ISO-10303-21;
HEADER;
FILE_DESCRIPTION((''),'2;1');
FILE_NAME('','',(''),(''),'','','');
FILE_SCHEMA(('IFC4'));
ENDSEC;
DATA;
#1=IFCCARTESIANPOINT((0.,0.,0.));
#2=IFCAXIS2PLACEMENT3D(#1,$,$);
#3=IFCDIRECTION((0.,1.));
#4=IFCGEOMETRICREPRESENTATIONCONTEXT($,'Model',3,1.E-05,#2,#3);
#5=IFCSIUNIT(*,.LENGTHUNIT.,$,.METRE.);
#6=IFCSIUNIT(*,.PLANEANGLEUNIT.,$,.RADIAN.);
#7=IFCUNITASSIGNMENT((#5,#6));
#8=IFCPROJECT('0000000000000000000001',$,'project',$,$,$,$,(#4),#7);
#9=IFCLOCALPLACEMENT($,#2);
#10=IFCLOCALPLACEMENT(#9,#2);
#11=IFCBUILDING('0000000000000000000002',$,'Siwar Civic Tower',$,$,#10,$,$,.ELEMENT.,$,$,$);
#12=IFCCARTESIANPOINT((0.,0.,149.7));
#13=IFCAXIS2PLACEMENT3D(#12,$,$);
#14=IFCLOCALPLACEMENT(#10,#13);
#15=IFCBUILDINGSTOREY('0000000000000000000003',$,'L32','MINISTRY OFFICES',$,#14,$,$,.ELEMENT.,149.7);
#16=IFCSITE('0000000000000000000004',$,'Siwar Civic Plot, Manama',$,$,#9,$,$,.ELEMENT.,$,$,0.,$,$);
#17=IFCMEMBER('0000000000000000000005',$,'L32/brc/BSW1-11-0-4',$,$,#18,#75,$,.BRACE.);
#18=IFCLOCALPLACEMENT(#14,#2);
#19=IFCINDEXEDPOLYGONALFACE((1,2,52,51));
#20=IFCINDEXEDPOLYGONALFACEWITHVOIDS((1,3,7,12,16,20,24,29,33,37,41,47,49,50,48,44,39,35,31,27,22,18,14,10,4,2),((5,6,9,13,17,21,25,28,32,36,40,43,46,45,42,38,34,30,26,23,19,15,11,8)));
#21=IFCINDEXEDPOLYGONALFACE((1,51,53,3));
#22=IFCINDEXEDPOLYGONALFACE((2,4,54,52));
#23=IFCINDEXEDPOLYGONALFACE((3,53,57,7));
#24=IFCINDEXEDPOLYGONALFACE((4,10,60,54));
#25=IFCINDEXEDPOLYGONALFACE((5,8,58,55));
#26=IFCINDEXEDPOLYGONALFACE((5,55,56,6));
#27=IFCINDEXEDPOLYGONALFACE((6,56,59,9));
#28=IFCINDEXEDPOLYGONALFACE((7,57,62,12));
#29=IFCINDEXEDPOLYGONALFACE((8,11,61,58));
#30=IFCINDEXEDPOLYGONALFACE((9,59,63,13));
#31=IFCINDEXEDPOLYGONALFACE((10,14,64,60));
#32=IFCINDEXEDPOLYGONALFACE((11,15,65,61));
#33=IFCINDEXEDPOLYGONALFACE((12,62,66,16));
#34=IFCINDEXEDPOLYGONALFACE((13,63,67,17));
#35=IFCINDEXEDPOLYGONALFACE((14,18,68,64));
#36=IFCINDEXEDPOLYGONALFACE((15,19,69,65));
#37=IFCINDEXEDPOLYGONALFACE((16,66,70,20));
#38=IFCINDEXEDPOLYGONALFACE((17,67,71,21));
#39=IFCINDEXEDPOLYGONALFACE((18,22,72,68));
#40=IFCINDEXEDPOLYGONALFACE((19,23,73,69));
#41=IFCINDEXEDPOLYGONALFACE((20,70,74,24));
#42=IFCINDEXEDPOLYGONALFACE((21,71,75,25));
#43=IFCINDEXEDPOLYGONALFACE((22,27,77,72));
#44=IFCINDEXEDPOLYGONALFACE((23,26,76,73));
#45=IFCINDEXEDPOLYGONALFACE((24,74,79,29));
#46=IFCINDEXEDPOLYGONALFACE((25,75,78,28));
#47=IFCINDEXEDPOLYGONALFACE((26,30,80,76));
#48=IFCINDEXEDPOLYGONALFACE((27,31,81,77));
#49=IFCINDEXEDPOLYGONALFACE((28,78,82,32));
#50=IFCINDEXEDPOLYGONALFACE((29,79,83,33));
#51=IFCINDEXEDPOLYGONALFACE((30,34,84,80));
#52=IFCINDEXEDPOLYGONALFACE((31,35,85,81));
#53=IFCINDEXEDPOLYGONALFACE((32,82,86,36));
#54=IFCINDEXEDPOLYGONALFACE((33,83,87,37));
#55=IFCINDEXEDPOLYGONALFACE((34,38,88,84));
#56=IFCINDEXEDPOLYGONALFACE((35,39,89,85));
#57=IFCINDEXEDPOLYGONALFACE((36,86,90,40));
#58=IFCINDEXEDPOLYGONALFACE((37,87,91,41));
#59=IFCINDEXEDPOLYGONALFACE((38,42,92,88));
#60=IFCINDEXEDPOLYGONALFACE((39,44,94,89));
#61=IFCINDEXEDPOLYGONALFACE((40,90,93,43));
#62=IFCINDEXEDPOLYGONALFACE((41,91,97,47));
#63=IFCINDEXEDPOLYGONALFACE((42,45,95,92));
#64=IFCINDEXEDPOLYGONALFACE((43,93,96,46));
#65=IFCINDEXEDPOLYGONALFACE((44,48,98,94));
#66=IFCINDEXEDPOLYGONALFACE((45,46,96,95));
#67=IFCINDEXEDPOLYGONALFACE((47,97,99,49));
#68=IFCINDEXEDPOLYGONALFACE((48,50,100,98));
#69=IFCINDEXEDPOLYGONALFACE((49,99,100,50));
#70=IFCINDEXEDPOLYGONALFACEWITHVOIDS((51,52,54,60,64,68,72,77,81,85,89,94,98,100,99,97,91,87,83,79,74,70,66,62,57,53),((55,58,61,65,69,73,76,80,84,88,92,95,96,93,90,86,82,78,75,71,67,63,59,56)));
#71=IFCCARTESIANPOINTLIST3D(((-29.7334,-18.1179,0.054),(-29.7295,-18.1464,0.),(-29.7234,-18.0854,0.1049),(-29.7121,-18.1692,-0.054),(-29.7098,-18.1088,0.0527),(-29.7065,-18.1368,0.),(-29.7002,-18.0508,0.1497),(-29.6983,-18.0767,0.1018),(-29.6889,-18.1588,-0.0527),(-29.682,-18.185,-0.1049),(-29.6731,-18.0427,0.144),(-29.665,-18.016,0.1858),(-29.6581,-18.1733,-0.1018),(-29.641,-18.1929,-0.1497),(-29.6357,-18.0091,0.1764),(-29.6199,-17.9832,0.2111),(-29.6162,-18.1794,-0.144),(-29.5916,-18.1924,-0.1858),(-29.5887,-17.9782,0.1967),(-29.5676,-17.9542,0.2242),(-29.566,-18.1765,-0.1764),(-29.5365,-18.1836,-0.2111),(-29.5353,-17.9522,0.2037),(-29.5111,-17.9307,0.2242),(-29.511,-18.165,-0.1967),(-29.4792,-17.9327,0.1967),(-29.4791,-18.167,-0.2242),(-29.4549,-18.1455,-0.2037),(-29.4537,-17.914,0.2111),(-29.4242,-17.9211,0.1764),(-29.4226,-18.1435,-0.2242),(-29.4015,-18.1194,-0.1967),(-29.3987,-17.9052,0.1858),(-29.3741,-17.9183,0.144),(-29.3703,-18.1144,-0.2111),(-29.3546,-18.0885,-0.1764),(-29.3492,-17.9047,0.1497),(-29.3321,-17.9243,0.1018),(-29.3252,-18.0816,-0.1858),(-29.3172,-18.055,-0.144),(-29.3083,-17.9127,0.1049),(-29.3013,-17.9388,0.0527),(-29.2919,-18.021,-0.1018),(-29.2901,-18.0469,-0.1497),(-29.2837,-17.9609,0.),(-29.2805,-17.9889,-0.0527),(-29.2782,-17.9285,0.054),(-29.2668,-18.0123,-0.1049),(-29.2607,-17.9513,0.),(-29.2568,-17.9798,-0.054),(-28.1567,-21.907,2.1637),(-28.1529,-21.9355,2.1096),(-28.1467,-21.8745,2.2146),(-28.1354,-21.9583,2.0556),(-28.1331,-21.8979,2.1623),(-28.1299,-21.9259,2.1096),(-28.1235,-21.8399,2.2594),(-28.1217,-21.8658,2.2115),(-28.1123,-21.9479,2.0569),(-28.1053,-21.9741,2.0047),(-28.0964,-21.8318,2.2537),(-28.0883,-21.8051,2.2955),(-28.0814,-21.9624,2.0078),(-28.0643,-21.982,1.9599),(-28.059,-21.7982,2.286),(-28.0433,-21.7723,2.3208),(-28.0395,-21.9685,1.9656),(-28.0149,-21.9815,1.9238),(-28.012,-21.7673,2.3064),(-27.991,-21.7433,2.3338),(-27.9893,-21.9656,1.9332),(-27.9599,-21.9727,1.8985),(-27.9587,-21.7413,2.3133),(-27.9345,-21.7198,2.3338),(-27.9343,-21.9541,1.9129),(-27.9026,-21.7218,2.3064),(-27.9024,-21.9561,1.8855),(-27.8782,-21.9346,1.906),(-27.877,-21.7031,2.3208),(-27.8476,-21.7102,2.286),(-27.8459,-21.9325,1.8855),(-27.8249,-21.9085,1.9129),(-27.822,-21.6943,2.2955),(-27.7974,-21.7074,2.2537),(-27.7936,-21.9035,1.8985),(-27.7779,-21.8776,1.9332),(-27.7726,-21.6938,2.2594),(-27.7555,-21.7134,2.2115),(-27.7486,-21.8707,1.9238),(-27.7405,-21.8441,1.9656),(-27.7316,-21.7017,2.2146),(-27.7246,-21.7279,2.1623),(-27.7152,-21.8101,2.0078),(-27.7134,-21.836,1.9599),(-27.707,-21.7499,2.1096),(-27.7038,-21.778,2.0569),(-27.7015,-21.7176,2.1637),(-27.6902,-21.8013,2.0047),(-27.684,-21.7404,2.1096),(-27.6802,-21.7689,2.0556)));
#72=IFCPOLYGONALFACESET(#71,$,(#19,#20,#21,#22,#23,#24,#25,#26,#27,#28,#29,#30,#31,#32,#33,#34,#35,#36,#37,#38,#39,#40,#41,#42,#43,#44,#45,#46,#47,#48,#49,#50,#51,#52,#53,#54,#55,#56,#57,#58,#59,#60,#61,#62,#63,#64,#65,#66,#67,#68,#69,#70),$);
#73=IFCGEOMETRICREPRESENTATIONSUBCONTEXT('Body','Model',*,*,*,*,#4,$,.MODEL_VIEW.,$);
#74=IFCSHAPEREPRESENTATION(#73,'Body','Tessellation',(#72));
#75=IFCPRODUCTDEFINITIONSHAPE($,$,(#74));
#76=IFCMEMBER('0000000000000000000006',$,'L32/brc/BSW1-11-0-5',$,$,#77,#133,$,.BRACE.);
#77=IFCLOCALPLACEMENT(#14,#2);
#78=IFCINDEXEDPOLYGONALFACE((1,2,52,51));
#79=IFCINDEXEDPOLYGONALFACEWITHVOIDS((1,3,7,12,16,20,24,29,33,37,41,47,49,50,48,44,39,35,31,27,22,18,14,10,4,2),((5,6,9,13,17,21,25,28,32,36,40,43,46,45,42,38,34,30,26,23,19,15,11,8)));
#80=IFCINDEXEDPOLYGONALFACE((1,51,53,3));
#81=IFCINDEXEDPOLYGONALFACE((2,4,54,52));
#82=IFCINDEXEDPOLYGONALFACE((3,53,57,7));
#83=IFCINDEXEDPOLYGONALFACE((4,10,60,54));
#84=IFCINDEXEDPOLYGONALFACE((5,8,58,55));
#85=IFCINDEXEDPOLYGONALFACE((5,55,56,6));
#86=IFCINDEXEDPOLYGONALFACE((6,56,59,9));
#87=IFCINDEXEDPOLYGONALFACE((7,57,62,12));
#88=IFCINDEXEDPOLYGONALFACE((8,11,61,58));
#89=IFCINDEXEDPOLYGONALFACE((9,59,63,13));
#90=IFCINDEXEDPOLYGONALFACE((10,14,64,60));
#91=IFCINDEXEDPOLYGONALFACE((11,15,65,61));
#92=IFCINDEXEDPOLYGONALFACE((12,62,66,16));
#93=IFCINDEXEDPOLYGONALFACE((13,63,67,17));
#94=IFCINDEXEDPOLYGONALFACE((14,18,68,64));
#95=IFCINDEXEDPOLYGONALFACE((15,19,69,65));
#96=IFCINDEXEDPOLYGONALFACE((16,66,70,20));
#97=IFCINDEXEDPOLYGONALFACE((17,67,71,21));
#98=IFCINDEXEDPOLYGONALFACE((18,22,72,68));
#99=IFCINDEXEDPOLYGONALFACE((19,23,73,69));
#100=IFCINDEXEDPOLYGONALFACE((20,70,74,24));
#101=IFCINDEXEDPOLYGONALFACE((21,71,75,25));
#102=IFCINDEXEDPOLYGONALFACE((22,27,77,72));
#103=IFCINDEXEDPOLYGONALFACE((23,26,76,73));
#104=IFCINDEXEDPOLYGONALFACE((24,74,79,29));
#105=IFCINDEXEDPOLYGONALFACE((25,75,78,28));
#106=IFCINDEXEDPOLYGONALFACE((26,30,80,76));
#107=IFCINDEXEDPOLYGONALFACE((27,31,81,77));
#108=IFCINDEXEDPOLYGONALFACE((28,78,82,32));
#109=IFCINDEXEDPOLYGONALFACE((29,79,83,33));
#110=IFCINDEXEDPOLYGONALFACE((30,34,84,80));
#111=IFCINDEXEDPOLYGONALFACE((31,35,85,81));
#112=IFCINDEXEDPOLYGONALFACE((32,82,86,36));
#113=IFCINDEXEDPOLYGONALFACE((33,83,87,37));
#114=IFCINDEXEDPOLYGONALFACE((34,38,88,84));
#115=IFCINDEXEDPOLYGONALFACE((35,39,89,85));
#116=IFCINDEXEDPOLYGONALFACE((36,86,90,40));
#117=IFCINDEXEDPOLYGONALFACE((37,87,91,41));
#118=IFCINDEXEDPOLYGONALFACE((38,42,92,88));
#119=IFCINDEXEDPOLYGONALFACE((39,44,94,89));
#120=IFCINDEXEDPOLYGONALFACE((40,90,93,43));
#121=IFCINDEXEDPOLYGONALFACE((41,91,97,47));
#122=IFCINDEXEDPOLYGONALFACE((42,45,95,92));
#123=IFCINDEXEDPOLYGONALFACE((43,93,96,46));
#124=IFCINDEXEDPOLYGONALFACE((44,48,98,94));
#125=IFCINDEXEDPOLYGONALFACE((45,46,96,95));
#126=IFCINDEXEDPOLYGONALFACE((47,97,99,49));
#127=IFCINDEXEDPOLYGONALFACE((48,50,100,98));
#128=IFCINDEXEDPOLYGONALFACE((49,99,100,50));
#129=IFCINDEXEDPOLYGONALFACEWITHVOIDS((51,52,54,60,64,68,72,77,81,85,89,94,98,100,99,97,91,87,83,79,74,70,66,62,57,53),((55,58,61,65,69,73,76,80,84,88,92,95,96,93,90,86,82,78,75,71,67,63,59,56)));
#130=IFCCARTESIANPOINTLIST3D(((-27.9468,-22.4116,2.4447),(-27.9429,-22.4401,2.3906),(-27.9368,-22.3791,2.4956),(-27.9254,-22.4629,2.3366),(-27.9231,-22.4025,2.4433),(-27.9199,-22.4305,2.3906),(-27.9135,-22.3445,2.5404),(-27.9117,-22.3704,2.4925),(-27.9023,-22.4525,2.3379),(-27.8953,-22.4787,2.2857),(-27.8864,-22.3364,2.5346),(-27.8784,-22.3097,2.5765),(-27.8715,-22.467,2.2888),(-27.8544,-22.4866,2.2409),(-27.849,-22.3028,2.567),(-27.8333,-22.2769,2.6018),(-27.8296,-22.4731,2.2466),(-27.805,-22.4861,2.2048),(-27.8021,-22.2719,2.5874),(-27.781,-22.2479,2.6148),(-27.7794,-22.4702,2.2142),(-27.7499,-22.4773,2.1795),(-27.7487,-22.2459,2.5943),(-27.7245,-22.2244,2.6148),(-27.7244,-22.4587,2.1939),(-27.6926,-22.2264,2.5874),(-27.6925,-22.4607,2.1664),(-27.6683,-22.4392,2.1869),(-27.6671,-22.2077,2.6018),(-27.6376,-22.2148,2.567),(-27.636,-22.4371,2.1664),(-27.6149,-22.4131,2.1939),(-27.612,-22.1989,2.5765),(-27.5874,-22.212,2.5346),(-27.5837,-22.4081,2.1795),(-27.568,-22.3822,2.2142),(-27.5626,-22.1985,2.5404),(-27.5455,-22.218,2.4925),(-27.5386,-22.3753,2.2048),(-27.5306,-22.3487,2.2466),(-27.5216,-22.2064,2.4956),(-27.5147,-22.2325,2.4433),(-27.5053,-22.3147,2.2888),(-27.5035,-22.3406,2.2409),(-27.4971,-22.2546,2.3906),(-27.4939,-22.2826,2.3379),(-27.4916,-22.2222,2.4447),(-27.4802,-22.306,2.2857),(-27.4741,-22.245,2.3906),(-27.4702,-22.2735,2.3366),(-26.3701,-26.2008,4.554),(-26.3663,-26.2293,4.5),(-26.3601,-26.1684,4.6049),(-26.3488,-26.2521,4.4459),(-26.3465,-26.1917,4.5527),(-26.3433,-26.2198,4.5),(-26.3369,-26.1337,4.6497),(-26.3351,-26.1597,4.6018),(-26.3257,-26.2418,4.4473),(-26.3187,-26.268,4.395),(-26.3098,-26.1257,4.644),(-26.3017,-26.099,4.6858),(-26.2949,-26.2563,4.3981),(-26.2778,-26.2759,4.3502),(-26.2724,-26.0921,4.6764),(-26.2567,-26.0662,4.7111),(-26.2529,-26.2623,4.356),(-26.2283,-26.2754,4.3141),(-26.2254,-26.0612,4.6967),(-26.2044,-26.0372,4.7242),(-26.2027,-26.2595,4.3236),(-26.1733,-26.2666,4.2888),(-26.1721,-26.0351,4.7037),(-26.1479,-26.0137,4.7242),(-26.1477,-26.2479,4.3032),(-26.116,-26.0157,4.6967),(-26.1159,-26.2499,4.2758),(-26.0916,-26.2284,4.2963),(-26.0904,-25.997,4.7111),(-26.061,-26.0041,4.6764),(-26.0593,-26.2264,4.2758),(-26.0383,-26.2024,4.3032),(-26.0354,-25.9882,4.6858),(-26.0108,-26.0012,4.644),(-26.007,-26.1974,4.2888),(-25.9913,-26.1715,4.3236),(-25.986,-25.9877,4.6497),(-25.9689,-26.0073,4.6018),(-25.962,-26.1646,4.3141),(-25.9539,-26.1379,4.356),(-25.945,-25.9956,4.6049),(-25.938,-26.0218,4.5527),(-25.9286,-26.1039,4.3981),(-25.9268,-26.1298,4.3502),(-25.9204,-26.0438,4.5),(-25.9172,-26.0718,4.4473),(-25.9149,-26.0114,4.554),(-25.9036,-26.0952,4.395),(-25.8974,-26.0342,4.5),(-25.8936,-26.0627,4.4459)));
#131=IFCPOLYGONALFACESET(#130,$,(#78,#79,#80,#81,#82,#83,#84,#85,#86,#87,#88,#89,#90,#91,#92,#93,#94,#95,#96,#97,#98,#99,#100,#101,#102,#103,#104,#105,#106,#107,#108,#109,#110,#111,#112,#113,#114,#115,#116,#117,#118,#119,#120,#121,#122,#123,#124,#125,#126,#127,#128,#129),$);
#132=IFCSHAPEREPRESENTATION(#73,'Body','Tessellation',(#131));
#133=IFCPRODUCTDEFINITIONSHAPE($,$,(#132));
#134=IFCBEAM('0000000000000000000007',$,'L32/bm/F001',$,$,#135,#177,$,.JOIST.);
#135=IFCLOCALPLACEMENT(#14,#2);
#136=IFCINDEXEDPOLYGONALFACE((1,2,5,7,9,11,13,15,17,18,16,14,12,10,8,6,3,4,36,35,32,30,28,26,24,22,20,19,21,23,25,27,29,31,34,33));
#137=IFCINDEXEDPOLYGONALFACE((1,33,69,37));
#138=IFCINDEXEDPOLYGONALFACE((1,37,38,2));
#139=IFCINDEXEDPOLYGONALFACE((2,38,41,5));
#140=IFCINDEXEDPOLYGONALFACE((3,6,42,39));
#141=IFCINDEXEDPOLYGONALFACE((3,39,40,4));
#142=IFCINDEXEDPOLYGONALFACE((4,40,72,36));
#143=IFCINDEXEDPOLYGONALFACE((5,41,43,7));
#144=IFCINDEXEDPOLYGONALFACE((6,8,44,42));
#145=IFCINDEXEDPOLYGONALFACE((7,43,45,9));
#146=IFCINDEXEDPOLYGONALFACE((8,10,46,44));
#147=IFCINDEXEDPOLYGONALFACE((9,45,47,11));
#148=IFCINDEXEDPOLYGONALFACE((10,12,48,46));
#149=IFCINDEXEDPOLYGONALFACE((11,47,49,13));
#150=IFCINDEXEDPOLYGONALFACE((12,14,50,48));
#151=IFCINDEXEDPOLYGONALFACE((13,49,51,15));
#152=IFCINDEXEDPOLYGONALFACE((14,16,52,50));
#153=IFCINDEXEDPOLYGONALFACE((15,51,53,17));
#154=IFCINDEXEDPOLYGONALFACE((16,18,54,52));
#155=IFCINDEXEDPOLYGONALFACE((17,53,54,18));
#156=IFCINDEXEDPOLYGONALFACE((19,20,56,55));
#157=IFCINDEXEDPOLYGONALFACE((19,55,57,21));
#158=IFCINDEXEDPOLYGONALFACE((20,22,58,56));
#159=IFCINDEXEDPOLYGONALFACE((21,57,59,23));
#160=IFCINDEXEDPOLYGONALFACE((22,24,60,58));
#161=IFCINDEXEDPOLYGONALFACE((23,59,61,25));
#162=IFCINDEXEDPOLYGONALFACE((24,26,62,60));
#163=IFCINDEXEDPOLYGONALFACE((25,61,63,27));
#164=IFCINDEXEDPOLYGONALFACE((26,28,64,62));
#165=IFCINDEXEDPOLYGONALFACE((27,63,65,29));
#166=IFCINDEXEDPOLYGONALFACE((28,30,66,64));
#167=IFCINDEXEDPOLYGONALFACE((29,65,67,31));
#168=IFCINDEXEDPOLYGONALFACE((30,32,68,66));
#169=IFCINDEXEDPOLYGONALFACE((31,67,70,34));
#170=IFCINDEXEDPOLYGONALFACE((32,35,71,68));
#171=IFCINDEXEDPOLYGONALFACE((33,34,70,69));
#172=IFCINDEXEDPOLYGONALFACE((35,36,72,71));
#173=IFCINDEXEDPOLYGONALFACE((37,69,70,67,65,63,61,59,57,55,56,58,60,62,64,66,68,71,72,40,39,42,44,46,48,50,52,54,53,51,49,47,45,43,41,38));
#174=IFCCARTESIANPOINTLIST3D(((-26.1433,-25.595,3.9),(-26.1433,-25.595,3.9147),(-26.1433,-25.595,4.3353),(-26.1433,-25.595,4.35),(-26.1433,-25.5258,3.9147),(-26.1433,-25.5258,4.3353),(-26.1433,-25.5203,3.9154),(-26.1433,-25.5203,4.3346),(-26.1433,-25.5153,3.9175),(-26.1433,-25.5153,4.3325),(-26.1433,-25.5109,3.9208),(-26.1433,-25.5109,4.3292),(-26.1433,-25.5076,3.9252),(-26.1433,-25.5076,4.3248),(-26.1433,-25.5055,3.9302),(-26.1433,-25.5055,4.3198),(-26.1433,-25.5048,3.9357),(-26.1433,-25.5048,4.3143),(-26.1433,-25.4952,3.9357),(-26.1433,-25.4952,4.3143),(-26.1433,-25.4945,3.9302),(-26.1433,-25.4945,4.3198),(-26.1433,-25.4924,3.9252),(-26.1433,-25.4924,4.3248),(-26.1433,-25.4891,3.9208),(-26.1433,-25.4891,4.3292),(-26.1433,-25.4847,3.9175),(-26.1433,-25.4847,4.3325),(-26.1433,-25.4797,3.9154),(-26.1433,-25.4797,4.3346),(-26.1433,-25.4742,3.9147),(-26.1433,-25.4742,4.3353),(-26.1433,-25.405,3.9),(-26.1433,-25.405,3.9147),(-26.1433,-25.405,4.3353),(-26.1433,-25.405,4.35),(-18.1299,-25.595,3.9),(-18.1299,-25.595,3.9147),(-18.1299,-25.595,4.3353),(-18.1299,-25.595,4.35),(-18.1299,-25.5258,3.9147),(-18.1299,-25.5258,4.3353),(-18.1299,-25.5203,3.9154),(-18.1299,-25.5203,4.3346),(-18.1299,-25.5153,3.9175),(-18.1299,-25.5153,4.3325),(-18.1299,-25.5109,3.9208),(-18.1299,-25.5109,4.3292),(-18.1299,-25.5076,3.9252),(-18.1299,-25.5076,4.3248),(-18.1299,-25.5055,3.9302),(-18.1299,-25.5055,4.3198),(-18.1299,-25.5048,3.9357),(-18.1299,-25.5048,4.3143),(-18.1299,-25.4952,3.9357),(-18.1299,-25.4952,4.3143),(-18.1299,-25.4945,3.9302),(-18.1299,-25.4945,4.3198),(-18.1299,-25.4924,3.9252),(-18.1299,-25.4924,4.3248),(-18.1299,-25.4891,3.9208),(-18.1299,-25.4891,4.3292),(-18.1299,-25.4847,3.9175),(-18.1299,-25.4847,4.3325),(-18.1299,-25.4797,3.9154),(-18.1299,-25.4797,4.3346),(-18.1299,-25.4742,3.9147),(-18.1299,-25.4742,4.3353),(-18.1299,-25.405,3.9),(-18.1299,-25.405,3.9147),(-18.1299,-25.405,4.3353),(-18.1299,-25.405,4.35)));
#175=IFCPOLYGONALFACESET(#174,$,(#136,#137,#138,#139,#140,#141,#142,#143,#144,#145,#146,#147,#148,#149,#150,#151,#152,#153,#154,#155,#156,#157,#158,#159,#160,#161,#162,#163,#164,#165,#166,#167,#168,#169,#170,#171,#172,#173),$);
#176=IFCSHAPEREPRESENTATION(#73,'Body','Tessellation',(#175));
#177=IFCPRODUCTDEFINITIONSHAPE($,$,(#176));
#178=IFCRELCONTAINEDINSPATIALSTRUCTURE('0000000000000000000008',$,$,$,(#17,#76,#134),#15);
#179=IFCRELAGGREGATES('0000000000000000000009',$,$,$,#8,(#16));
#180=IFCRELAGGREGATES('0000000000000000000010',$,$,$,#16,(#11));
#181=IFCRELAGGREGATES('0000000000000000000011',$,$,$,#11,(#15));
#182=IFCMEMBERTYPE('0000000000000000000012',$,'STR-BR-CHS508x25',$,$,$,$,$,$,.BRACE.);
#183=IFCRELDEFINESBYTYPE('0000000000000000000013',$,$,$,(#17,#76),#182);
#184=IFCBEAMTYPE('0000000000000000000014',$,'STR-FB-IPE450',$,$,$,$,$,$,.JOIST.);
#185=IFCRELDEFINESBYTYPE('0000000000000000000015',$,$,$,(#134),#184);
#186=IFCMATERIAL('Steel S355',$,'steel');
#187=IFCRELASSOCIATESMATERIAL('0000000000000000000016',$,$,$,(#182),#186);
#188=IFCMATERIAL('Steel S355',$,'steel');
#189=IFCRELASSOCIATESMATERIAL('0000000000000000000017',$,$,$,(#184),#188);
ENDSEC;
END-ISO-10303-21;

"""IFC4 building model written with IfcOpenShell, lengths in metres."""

from ifc_helpers import new_model, si_unit, direction, frame, origin, origin_2d, place, context, subcontext, project, spatial, hollow_circle, i_section, extrude, material, material_profile, profile_set, type_object, element, save


model = new_model("IFC4")

# Units and contexts
model_context = context("Model", 3, precision=1e-05, world=origin(), true_north=direction((0.0, 1.0)))
body_context = subcontext(model_context, "Body", "Model", "MODEL_VIEW")
ifc_project = project(units=[si_unit("LENGTHUNIT", "METRE"), si_unit("PLANEANGLEUNIT", "RADIAN")], contexts=[model_context])

# Site, building, storey
site_placement = place(None, origin())
site = spatial("IfcSite", under=ifc_project, at=site_placement, Name="Siwar Civic Plot, Manama", CompositionType="ELEMENT", RefElevation=0.0)
building_placement = place(site_placement, origin())
building = spatial("IfcBuilding", under=site, at=building_placement, Name="Siwar Civic Tower", CompositionType="ELEMENT")
storey_placement = place(building_placement, frame((0.0, 0.0, 149.7)))
storey = spatial("IfcBuildingStorey", under=building, at=storey_placement, Name="L32", Description="MINISTRY OFFICES", CompositionType="ELEMENT", Elevation=149.7)

# Members
ifc_material_1 = material(Name="Steel S355", Category="steel")
ifc_material_profile_1 = material_profile(ifc_material_1, hollow_circle(Radius=0.2539, WallThickness=0.0249, at=origin_2d()), Name="CHS508x25")
ifc_profile_set_1 = profile_set([ifc_material_profile_1], Name="Steel S355")
member_type = type_object("IfcMemberType", Name="STR-BR-CHS508x25", PredefinedType="BRACE", material=ifc_profile_set_1)
for number, where, z_axis, x_axis, name in (
    (1, (-29.4951, -18.0488, 0.0), (0.341677, -0.821126, 0.457175), (0.92326, 0.384176, 0.0), "L32/brc/BSW1-11-0-4"),
    (2, (-27.7085, -22.3425, 2.3906), (0.341671, -0.821163, 0.457113), (0.923269, 0.384155, 0.0), "L32/brc/BSW1-11-0-5"),
):
    element("IfcMember", number, at=place(storey_placement, frame(where, z_axis=z_axis, x_axis=x_axis)), inside=storey, type_object=member_type, Name=name, PredefinedType="BRACE", context=body_context, shape_type="SweptSolid", body=[
        extrude(hollow_circle(Radius=0.2539, WallThickness=0.0249, at=origin_2d()), origin(), (0.0, 0.0, 1.0), 4.6145),
    ])

# Beam
ifc_material_2 = material(Name="Steel S355", Category="steel")
ifc_material_profile_2 = material_profile(ifc_material_2, i_section(OverallWidth=0.1899, OverallDepth=0.45, WebThickness=0.0095, FlangeThickness=0.0146, FilletRadius=0.021, at=origin_2d()), Name="IPE450")
ifc_profile_set_2 = profile_set([ifc_material_profile_2], Name="Steel S355")
beam_type = type_object("IfcBeamType", Name="STR-FB-IPE450", PredefinedType="JOIST", material=ifc_profile_set_2)
beam_1_placement = place(storey_placement, frame((-26.1433, -25.5, 4.125), z_axis=(1.0, 0.0, 0.0), x_axis=(0.0, 1.0, 0.0)))
element("IfcBeam", 3, at=beam_1_placement, inside=storey, type_object=beam_type, Name="L32/bm/F001", PredefinedType="JOIST", context=body_context, shape_type="SweptSolid", body=[
    extrude(i_section(OverallWidth=0.1899, OverallDepth=0.45, WebThickness=0.0095, FlangeThickness=0.0146, FilletRadius=0.021, at=origin_2d()), origin(), (0.0, 0.0, 1.0), 8.0134),
])

save(model, "model.ifc")
